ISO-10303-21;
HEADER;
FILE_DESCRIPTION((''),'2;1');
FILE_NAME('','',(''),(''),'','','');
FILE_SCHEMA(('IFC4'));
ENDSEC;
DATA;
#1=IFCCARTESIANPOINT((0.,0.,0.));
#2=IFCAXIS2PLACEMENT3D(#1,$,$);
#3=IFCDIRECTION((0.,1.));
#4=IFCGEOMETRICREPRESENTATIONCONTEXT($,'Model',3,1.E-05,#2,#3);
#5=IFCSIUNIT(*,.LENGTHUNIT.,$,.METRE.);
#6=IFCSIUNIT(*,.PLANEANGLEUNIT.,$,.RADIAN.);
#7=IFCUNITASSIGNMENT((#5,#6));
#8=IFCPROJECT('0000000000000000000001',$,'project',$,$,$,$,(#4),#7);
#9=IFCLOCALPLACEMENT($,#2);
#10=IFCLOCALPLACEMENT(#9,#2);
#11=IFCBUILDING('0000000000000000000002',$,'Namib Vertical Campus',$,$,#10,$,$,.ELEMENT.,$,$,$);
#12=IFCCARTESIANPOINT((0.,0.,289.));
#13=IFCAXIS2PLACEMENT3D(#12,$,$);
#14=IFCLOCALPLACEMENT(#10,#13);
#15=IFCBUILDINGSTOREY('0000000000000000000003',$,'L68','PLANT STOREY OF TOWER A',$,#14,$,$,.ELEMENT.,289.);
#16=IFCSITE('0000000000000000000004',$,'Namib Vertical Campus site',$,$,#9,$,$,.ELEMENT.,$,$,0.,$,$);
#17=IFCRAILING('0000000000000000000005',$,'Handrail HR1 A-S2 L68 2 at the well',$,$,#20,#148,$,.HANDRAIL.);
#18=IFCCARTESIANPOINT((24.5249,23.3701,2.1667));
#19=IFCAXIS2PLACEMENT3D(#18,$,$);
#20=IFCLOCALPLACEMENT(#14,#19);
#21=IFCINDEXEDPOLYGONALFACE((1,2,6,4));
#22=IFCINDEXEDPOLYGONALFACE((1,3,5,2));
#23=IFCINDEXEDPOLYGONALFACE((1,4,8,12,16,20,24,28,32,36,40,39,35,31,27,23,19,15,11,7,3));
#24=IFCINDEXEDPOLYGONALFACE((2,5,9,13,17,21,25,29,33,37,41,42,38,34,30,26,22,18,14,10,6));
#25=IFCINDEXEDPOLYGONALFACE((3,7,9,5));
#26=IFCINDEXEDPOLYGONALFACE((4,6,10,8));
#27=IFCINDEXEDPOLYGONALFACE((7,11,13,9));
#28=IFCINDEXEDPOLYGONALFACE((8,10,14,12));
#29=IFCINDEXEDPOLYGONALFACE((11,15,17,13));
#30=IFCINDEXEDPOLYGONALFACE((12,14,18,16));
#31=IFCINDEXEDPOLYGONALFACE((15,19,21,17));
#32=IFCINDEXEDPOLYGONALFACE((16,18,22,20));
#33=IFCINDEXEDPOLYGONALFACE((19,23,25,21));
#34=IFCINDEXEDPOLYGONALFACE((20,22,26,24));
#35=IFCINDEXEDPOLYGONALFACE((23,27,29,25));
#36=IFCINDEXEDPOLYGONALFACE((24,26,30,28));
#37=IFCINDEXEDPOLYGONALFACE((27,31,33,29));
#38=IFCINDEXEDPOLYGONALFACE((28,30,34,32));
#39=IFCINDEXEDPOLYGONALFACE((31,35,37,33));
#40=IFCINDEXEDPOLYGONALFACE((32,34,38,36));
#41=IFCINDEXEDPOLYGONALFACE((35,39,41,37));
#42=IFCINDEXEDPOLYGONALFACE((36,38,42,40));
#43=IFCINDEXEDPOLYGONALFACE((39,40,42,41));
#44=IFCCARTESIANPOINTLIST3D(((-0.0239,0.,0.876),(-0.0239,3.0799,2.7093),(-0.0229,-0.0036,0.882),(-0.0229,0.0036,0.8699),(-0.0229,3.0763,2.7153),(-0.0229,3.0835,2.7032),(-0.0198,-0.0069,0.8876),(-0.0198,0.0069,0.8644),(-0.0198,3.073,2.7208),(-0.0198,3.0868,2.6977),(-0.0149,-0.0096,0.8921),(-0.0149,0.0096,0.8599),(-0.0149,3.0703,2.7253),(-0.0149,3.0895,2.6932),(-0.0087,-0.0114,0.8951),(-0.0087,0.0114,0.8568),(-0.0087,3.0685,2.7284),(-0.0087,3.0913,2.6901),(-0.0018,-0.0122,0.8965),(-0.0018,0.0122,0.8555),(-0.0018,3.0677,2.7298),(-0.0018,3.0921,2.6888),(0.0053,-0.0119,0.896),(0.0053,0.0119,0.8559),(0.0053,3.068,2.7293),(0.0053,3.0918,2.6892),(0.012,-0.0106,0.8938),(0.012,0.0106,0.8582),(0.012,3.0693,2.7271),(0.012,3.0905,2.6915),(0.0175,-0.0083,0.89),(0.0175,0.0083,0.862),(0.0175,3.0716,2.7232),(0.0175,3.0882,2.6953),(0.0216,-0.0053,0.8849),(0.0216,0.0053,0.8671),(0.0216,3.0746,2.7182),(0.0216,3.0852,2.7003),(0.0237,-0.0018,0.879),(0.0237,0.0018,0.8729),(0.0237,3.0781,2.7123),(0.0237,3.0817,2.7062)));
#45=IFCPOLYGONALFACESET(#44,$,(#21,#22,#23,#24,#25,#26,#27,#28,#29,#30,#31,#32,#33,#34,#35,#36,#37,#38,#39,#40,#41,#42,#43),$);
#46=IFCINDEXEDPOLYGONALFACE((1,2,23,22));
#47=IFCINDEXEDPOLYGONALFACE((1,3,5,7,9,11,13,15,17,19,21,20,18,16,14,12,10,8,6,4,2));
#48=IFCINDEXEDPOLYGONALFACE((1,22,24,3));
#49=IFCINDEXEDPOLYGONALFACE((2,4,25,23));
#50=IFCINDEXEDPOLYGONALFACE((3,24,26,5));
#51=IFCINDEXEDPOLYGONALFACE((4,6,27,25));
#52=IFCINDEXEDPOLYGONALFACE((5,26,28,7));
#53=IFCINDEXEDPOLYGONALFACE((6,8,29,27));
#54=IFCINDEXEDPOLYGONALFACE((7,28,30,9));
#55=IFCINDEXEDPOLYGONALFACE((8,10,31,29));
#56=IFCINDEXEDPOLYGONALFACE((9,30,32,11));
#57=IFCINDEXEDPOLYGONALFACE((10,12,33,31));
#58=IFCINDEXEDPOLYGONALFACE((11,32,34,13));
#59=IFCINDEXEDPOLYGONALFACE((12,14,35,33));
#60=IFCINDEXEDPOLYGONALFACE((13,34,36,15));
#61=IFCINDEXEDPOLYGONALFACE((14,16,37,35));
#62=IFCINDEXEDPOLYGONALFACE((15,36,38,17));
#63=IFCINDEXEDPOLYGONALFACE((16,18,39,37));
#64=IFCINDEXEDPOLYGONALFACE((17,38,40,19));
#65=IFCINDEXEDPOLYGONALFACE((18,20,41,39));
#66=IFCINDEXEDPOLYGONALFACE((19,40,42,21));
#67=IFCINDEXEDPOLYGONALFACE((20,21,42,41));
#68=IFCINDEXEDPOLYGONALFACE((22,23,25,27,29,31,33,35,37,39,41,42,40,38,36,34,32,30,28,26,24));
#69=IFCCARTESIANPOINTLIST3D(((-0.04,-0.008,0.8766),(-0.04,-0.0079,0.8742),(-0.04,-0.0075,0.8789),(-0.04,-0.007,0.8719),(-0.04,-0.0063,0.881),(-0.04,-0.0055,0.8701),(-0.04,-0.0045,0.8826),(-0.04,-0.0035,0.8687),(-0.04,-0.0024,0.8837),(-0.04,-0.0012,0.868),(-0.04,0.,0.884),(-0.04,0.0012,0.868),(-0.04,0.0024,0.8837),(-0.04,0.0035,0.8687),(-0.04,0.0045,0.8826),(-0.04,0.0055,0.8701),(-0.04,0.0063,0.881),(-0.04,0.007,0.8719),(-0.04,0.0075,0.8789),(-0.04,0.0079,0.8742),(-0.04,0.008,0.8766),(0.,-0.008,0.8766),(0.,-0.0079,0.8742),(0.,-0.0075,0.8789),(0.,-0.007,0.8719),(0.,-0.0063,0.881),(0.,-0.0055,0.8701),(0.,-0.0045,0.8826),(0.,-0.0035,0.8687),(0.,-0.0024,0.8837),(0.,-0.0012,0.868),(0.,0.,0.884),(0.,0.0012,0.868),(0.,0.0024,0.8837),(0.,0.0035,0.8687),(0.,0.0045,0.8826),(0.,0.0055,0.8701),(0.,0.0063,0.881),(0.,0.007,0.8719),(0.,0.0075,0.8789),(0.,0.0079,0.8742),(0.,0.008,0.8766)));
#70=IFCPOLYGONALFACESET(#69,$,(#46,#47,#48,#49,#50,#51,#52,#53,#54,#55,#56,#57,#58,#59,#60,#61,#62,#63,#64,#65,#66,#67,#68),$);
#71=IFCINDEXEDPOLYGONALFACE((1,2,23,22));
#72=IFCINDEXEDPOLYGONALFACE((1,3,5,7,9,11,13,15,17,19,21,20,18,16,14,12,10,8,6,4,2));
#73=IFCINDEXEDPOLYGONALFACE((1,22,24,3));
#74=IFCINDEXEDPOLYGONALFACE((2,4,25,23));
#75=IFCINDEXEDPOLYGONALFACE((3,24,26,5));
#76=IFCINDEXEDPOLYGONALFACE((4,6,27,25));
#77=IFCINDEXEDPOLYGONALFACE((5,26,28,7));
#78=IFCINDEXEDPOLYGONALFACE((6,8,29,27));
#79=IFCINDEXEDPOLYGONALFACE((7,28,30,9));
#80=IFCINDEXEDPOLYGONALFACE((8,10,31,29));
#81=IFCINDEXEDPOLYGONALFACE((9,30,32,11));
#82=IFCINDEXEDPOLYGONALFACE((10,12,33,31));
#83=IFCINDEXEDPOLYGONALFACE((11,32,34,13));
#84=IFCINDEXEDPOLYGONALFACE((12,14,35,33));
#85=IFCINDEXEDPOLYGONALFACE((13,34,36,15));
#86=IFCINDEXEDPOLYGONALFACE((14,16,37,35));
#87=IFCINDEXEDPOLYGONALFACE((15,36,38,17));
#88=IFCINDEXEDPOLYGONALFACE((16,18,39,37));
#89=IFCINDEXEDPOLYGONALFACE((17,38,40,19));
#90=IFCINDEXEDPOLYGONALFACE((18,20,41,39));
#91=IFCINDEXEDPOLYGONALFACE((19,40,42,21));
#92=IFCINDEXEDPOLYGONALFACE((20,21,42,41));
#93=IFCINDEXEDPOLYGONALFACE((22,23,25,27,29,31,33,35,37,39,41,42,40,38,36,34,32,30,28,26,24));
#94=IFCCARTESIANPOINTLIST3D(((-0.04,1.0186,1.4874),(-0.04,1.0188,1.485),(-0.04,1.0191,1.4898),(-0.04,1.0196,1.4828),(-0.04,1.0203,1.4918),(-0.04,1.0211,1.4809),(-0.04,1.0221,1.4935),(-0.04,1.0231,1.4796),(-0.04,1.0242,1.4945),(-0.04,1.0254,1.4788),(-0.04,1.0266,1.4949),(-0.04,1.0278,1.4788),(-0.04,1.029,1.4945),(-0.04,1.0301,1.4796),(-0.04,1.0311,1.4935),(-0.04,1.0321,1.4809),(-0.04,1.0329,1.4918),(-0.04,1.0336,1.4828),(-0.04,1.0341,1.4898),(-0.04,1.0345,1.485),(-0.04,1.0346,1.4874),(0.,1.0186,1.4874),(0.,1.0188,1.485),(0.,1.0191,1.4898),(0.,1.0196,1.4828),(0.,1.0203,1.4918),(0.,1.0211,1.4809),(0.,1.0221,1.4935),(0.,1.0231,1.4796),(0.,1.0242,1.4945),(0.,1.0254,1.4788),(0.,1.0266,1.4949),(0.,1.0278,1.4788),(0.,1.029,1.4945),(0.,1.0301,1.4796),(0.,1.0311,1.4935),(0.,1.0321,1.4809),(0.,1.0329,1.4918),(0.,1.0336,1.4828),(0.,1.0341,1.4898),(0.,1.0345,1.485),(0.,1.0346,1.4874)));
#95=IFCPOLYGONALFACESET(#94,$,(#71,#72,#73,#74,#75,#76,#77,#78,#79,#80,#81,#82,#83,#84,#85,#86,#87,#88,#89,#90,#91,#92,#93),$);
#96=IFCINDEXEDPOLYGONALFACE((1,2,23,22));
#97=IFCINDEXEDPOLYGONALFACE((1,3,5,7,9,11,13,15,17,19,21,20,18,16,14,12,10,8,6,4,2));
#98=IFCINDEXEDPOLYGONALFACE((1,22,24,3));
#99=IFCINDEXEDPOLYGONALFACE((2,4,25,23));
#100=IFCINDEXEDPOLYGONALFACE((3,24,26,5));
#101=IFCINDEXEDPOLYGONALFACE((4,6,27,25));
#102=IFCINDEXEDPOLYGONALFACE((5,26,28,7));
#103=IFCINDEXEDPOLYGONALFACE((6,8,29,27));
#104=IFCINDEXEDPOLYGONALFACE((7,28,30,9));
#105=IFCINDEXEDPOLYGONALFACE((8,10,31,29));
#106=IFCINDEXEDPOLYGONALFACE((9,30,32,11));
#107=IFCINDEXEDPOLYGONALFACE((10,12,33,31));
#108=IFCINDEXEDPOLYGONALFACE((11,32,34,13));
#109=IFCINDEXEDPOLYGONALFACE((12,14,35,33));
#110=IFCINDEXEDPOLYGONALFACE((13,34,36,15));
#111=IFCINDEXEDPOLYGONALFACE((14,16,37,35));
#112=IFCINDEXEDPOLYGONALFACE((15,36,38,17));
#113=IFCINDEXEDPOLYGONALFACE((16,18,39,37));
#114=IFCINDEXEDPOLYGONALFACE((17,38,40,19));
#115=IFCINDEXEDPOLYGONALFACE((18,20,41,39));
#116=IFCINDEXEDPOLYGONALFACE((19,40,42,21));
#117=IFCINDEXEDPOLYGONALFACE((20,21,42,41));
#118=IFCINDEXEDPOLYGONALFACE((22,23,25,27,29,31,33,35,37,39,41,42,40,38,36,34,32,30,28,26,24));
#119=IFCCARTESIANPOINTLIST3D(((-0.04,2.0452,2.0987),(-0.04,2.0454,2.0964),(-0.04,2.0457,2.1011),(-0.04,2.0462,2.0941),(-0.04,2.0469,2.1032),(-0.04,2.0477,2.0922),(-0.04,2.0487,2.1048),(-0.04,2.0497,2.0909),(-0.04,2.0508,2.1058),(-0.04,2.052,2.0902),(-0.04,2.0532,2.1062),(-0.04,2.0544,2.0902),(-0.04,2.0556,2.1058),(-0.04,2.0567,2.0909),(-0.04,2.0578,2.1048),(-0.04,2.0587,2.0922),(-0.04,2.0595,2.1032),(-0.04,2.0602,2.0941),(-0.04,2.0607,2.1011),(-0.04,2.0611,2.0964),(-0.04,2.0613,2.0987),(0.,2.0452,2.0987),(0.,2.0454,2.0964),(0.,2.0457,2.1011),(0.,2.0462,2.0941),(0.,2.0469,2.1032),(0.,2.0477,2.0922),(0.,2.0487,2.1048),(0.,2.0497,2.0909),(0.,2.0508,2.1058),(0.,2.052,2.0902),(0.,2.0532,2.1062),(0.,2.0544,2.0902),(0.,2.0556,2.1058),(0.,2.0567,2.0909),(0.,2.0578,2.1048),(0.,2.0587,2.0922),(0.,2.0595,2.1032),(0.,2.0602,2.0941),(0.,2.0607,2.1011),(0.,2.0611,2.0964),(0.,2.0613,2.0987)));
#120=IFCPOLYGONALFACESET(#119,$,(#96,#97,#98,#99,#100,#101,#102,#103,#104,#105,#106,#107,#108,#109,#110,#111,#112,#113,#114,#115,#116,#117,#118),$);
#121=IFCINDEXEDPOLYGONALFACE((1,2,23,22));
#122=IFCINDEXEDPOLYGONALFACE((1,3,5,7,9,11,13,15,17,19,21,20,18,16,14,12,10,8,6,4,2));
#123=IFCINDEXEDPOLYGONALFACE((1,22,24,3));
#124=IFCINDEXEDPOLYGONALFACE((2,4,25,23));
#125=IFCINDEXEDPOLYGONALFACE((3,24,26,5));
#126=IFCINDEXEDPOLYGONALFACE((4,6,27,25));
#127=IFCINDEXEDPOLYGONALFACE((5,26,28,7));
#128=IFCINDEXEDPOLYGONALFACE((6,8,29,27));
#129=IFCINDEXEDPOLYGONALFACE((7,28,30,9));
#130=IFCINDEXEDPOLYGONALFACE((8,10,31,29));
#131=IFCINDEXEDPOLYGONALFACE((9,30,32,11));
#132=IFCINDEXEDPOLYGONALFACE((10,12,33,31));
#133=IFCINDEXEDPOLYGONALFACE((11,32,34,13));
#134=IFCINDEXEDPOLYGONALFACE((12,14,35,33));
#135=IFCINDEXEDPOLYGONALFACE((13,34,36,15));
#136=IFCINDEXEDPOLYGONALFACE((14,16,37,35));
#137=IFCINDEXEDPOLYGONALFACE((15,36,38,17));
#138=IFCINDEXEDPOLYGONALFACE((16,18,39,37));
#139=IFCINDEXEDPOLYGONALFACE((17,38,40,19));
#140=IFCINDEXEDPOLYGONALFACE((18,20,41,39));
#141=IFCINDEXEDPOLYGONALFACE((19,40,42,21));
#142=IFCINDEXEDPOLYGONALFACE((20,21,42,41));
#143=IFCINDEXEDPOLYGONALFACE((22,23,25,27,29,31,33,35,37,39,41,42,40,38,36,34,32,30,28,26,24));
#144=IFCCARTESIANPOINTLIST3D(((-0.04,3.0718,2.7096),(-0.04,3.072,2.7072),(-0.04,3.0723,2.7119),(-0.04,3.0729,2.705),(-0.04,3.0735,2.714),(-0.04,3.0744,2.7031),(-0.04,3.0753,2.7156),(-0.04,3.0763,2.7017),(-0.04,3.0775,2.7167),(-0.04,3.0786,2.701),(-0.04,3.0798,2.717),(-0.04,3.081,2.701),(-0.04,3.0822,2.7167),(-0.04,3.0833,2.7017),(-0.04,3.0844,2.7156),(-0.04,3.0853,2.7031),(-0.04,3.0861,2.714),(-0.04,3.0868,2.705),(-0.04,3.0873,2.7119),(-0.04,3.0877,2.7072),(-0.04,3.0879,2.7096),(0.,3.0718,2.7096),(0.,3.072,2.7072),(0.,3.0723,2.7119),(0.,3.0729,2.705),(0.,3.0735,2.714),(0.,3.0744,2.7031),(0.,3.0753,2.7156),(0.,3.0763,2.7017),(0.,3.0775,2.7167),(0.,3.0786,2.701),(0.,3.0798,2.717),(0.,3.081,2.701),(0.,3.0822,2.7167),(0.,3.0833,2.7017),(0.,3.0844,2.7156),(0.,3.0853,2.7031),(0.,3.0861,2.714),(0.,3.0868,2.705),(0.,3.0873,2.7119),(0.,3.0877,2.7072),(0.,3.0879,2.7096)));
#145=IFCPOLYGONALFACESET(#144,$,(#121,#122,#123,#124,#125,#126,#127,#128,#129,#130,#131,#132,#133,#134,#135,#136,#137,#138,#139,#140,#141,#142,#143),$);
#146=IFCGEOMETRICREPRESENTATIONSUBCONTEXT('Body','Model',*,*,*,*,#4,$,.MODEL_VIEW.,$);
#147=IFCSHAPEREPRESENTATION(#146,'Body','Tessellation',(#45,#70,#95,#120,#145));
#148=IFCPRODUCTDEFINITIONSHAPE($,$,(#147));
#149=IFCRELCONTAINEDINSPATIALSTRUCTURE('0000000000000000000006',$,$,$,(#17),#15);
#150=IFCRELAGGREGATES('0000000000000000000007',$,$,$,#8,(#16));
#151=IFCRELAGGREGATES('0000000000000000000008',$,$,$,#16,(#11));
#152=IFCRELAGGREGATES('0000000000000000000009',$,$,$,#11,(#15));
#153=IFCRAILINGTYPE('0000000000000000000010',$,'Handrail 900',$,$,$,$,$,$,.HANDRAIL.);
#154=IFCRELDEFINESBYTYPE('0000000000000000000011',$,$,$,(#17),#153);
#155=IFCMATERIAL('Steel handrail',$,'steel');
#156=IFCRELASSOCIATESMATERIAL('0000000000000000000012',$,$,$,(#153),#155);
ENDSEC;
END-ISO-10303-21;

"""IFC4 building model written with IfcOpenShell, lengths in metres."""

from ifc_helpers import new_model, si_unit, direction, frame, origin, origin_2d, place, context, subcontext, project, spatial, circle, extrude, material, type_object, element, save


model = new_model("IFC4")

# Units and contexts
model_context = context("Model", 3, precision=1e-05, world=origin(), true_north=direction((0.0, 1.0)))
body_context = subcontext(model_context, "Body", "Model", "MODEL_VIEW")
ifc_project = project(units=[si_unit("LENGTHUNIT", "METRE"), si_unit("PLANEANGLEUNIT", "RADIAN")], contexts=[model_context])

# Site, building, storey
site_placement = place(None, origin())
site = spatial("IfcSite", under=ifc_project, at=site_placement, Name="Namib Vertical Campus site", CompositionType="ELEMENT", RefElevation=0.0)
building_placement = place(site_placement, origin())
building = spatial("IfcBuilding", under=site, at=building_placement, Name="Namib Vertical Campus", CompositionType="ELEMENT")
storey_placement = place(building_placement, frame((0.0, 0.0, 289.0)))
storey = spatial("IfcBuildingStorey", under=building, at=storey_placement, Name="L68", Description="PLANT STOREY OF TOWER A", CompositionType="ELEMENT", Elevation=289.0)

# Railing
ifc_material_1 = material(Name="Steel handrail", Category="steel")
railing_type_1 = type_object("IfcRailingType", Name="Handrail 900", PredefinedType="HANDRAIL", material=ifc_material_1)
railing_1_placement = place(storey_placement, frame((24.5249, 23.3701, 2.1667)))
element("IfcRailing", 1, at=railing_1_placement, inside=storey, type_object=railing_type_1, Name="Handrail HR1 A-S2 L68 2 at the well", PredefinedType="HANDRAIL", context=body_context, shape_type="SweptSolid", body=[
    extrude(circle(Radius=0.0239, at=origin_2d()), frame((0.0, 0.0, 0.876), z_axis=(0.0, 0.859291, 0.511487), x_axis=(-1.0, 0.0, 0.0)), (0.0, 0.0, 1.0), 3.5842),
    extrude(circle(Radius=0.0081, at=origin_2d()), frame((0.0, 0.0, 0.876), z_axis=(-1.0, 0.0, 0.0), x_axis=(0.0, 0.0, 1.0)), (0.0, 0.0, 1.0), 0.04),
    extrude(circle(Radius=0.0081, at=origin_2d()), frame((0.0, 1.0266, 1.4868), z_axis=(-1.0, 0.0, 0.0), x_axis=(0.0, 0.0, 1.0)), (0.0, 0.0, 1.0), 0.04),
    extrude(circle(Radius=0.0081, at=origin_2d()), frame((0.0, 2.0532, 2.0981), z_axis=(-1.0, 0.0, 0.0), x_axis=(0.0, 0.0, 1.0)), (0.0, 0.0, 1.0), 0.04),
    extrude(circle(Radius=0.0081, at=origin_2d()), frame((0.0, 3.0798, 2.709), z_axis=(-1.0, 0.0, 0.0), x_axis=(0.0, 0.0, 1.0)), (0.0, 0.0, 1.0), 0.04),
])

save(model, "model.ifc")
